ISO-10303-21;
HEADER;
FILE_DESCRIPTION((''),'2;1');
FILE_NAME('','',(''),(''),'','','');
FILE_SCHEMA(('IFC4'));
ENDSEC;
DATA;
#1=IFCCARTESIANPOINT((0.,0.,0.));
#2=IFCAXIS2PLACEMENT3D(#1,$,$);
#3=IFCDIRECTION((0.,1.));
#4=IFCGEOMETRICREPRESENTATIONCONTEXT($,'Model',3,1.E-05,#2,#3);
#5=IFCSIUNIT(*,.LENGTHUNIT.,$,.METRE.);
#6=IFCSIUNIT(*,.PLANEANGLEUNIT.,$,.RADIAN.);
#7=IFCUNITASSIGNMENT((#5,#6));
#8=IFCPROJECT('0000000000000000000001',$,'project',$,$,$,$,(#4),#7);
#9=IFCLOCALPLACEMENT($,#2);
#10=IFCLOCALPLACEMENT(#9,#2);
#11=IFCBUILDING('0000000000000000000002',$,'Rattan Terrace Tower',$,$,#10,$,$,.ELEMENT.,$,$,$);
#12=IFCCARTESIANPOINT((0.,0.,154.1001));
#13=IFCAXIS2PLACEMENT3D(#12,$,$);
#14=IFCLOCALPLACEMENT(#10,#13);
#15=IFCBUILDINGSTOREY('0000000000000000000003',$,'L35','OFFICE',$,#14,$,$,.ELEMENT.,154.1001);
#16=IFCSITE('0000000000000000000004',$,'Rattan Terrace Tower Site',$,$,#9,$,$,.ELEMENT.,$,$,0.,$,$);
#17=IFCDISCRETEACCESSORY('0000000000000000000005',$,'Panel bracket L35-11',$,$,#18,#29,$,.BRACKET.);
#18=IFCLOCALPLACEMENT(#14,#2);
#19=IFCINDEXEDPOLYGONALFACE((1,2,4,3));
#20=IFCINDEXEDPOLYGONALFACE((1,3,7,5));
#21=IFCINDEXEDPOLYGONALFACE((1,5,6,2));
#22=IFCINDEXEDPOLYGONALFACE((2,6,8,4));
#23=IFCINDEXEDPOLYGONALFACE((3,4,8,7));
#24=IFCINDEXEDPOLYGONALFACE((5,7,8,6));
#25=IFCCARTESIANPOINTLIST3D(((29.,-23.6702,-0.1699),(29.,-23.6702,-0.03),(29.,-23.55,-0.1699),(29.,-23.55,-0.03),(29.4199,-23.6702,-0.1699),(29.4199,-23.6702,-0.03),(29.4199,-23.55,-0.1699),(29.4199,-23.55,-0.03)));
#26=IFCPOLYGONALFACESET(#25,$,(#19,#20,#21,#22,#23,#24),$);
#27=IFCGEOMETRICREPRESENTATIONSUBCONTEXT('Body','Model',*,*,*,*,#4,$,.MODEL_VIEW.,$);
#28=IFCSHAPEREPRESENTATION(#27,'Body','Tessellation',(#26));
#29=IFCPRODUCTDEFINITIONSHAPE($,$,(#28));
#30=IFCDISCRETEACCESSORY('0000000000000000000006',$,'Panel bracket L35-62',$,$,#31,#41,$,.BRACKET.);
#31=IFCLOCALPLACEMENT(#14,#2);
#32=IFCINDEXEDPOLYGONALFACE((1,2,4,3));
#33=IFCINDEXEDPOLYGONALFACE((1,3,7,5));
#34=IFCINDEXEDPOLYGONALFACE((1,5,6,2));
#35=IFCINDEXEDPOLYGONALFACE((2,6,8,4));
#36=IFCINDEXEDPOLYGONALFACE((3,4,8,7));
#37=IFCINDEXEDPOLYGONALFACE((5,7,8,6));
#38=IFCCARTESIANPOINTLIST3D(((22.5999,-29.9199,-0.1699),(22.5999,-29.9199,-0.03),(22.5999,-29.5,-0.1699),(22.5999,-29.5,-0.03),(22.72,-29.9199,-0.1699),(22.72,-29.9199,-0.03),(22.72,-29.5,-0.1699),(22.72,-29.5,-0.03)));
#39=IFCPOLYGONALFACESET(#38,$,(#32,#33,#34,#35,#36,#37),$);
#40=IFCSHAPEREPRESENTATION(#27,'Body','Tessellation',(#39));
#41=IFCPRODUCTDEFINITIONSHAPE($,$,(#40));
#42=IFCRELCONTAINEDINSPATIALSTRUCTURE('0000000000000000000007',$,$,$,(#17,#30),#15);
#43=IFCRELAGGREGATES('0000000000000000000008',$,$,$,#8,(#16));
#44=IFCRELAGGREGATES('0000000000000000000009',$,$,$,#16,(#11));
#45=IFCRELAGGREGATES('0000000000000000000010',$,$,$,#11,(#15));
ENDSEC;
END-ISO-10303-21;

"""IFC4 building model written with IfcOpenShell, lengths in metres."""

from ifc_helpers import new_model, si_unit, direction, frame, origin, origin_2d, place, context, subcontext, project, spatial, rectangle, extrude, element, save


model = new_model("IFC4")

# Units and contexts
model_context = context("Model", 3, precision=1e-05, world=origin(), true_north=direction((0.0, 1.0)))
body_context = subcontext(model_context, "Body", "Model", "MODEL_VIEW")
ifc_project = project(units=[si_unit("LENGTHUNIT", "METRE"), si_unit("PLANEANGLEUNIT", "RADIAN")], contexts=[model_context])

# Site, building, storey
site_placement = place(None, origin())
site = spatial("IfcSite", under=ifc_project, at=site_placement, Name="Rattan Terrace Tower Site", CompositionType="ELEMENT", RefElevation=0.0)
building_placement = place(site_placement, origin())
building = spatial("IfcBuilding", under=site, at=building_placement, Name="Rattan Terrace Tower", CompositionType="ELEMENT")
storey_placement = place(building_placement, frame((0.0, 0.0, 154.1001)))
storey = spatial("IfcBuildingStorey", under=building, at=storey_placement, Name="L35", Description="OFFICE", CompositionType="ELEMENT", Elevation=154.1001)

# Discrete accessories
for number, where, z_axis, x_axis, name in (
    (1, (29.21, -23.6101, -0.1699), (0.0, 0.0, 1.0), (0.0, 1.0, 0.0), "Panel bracket L35-11"),
    (2, (22.6599, -29.71, -0.1699), (0.0, 0.0, 1.0), (1.0, 0.0, 0.0), "Panel bracket L35-62"),
):
    element("IfcDiscreteAccessory", number, at=place(storey_placement, frame(where, z_axis=z_axis, x_axis=x_axis)), inside=storey, Name=name, PredefinedType="BRACKET", context=body_context, shape_type="SweptSolid", body=[
        extrude(rectangle(XDim=0.1201, YDim=0.4199, at=origin_2d()), origin(), (0.0, 0.0, 1.0), 0.1399),
    ])

save(model, "model.ifc")
